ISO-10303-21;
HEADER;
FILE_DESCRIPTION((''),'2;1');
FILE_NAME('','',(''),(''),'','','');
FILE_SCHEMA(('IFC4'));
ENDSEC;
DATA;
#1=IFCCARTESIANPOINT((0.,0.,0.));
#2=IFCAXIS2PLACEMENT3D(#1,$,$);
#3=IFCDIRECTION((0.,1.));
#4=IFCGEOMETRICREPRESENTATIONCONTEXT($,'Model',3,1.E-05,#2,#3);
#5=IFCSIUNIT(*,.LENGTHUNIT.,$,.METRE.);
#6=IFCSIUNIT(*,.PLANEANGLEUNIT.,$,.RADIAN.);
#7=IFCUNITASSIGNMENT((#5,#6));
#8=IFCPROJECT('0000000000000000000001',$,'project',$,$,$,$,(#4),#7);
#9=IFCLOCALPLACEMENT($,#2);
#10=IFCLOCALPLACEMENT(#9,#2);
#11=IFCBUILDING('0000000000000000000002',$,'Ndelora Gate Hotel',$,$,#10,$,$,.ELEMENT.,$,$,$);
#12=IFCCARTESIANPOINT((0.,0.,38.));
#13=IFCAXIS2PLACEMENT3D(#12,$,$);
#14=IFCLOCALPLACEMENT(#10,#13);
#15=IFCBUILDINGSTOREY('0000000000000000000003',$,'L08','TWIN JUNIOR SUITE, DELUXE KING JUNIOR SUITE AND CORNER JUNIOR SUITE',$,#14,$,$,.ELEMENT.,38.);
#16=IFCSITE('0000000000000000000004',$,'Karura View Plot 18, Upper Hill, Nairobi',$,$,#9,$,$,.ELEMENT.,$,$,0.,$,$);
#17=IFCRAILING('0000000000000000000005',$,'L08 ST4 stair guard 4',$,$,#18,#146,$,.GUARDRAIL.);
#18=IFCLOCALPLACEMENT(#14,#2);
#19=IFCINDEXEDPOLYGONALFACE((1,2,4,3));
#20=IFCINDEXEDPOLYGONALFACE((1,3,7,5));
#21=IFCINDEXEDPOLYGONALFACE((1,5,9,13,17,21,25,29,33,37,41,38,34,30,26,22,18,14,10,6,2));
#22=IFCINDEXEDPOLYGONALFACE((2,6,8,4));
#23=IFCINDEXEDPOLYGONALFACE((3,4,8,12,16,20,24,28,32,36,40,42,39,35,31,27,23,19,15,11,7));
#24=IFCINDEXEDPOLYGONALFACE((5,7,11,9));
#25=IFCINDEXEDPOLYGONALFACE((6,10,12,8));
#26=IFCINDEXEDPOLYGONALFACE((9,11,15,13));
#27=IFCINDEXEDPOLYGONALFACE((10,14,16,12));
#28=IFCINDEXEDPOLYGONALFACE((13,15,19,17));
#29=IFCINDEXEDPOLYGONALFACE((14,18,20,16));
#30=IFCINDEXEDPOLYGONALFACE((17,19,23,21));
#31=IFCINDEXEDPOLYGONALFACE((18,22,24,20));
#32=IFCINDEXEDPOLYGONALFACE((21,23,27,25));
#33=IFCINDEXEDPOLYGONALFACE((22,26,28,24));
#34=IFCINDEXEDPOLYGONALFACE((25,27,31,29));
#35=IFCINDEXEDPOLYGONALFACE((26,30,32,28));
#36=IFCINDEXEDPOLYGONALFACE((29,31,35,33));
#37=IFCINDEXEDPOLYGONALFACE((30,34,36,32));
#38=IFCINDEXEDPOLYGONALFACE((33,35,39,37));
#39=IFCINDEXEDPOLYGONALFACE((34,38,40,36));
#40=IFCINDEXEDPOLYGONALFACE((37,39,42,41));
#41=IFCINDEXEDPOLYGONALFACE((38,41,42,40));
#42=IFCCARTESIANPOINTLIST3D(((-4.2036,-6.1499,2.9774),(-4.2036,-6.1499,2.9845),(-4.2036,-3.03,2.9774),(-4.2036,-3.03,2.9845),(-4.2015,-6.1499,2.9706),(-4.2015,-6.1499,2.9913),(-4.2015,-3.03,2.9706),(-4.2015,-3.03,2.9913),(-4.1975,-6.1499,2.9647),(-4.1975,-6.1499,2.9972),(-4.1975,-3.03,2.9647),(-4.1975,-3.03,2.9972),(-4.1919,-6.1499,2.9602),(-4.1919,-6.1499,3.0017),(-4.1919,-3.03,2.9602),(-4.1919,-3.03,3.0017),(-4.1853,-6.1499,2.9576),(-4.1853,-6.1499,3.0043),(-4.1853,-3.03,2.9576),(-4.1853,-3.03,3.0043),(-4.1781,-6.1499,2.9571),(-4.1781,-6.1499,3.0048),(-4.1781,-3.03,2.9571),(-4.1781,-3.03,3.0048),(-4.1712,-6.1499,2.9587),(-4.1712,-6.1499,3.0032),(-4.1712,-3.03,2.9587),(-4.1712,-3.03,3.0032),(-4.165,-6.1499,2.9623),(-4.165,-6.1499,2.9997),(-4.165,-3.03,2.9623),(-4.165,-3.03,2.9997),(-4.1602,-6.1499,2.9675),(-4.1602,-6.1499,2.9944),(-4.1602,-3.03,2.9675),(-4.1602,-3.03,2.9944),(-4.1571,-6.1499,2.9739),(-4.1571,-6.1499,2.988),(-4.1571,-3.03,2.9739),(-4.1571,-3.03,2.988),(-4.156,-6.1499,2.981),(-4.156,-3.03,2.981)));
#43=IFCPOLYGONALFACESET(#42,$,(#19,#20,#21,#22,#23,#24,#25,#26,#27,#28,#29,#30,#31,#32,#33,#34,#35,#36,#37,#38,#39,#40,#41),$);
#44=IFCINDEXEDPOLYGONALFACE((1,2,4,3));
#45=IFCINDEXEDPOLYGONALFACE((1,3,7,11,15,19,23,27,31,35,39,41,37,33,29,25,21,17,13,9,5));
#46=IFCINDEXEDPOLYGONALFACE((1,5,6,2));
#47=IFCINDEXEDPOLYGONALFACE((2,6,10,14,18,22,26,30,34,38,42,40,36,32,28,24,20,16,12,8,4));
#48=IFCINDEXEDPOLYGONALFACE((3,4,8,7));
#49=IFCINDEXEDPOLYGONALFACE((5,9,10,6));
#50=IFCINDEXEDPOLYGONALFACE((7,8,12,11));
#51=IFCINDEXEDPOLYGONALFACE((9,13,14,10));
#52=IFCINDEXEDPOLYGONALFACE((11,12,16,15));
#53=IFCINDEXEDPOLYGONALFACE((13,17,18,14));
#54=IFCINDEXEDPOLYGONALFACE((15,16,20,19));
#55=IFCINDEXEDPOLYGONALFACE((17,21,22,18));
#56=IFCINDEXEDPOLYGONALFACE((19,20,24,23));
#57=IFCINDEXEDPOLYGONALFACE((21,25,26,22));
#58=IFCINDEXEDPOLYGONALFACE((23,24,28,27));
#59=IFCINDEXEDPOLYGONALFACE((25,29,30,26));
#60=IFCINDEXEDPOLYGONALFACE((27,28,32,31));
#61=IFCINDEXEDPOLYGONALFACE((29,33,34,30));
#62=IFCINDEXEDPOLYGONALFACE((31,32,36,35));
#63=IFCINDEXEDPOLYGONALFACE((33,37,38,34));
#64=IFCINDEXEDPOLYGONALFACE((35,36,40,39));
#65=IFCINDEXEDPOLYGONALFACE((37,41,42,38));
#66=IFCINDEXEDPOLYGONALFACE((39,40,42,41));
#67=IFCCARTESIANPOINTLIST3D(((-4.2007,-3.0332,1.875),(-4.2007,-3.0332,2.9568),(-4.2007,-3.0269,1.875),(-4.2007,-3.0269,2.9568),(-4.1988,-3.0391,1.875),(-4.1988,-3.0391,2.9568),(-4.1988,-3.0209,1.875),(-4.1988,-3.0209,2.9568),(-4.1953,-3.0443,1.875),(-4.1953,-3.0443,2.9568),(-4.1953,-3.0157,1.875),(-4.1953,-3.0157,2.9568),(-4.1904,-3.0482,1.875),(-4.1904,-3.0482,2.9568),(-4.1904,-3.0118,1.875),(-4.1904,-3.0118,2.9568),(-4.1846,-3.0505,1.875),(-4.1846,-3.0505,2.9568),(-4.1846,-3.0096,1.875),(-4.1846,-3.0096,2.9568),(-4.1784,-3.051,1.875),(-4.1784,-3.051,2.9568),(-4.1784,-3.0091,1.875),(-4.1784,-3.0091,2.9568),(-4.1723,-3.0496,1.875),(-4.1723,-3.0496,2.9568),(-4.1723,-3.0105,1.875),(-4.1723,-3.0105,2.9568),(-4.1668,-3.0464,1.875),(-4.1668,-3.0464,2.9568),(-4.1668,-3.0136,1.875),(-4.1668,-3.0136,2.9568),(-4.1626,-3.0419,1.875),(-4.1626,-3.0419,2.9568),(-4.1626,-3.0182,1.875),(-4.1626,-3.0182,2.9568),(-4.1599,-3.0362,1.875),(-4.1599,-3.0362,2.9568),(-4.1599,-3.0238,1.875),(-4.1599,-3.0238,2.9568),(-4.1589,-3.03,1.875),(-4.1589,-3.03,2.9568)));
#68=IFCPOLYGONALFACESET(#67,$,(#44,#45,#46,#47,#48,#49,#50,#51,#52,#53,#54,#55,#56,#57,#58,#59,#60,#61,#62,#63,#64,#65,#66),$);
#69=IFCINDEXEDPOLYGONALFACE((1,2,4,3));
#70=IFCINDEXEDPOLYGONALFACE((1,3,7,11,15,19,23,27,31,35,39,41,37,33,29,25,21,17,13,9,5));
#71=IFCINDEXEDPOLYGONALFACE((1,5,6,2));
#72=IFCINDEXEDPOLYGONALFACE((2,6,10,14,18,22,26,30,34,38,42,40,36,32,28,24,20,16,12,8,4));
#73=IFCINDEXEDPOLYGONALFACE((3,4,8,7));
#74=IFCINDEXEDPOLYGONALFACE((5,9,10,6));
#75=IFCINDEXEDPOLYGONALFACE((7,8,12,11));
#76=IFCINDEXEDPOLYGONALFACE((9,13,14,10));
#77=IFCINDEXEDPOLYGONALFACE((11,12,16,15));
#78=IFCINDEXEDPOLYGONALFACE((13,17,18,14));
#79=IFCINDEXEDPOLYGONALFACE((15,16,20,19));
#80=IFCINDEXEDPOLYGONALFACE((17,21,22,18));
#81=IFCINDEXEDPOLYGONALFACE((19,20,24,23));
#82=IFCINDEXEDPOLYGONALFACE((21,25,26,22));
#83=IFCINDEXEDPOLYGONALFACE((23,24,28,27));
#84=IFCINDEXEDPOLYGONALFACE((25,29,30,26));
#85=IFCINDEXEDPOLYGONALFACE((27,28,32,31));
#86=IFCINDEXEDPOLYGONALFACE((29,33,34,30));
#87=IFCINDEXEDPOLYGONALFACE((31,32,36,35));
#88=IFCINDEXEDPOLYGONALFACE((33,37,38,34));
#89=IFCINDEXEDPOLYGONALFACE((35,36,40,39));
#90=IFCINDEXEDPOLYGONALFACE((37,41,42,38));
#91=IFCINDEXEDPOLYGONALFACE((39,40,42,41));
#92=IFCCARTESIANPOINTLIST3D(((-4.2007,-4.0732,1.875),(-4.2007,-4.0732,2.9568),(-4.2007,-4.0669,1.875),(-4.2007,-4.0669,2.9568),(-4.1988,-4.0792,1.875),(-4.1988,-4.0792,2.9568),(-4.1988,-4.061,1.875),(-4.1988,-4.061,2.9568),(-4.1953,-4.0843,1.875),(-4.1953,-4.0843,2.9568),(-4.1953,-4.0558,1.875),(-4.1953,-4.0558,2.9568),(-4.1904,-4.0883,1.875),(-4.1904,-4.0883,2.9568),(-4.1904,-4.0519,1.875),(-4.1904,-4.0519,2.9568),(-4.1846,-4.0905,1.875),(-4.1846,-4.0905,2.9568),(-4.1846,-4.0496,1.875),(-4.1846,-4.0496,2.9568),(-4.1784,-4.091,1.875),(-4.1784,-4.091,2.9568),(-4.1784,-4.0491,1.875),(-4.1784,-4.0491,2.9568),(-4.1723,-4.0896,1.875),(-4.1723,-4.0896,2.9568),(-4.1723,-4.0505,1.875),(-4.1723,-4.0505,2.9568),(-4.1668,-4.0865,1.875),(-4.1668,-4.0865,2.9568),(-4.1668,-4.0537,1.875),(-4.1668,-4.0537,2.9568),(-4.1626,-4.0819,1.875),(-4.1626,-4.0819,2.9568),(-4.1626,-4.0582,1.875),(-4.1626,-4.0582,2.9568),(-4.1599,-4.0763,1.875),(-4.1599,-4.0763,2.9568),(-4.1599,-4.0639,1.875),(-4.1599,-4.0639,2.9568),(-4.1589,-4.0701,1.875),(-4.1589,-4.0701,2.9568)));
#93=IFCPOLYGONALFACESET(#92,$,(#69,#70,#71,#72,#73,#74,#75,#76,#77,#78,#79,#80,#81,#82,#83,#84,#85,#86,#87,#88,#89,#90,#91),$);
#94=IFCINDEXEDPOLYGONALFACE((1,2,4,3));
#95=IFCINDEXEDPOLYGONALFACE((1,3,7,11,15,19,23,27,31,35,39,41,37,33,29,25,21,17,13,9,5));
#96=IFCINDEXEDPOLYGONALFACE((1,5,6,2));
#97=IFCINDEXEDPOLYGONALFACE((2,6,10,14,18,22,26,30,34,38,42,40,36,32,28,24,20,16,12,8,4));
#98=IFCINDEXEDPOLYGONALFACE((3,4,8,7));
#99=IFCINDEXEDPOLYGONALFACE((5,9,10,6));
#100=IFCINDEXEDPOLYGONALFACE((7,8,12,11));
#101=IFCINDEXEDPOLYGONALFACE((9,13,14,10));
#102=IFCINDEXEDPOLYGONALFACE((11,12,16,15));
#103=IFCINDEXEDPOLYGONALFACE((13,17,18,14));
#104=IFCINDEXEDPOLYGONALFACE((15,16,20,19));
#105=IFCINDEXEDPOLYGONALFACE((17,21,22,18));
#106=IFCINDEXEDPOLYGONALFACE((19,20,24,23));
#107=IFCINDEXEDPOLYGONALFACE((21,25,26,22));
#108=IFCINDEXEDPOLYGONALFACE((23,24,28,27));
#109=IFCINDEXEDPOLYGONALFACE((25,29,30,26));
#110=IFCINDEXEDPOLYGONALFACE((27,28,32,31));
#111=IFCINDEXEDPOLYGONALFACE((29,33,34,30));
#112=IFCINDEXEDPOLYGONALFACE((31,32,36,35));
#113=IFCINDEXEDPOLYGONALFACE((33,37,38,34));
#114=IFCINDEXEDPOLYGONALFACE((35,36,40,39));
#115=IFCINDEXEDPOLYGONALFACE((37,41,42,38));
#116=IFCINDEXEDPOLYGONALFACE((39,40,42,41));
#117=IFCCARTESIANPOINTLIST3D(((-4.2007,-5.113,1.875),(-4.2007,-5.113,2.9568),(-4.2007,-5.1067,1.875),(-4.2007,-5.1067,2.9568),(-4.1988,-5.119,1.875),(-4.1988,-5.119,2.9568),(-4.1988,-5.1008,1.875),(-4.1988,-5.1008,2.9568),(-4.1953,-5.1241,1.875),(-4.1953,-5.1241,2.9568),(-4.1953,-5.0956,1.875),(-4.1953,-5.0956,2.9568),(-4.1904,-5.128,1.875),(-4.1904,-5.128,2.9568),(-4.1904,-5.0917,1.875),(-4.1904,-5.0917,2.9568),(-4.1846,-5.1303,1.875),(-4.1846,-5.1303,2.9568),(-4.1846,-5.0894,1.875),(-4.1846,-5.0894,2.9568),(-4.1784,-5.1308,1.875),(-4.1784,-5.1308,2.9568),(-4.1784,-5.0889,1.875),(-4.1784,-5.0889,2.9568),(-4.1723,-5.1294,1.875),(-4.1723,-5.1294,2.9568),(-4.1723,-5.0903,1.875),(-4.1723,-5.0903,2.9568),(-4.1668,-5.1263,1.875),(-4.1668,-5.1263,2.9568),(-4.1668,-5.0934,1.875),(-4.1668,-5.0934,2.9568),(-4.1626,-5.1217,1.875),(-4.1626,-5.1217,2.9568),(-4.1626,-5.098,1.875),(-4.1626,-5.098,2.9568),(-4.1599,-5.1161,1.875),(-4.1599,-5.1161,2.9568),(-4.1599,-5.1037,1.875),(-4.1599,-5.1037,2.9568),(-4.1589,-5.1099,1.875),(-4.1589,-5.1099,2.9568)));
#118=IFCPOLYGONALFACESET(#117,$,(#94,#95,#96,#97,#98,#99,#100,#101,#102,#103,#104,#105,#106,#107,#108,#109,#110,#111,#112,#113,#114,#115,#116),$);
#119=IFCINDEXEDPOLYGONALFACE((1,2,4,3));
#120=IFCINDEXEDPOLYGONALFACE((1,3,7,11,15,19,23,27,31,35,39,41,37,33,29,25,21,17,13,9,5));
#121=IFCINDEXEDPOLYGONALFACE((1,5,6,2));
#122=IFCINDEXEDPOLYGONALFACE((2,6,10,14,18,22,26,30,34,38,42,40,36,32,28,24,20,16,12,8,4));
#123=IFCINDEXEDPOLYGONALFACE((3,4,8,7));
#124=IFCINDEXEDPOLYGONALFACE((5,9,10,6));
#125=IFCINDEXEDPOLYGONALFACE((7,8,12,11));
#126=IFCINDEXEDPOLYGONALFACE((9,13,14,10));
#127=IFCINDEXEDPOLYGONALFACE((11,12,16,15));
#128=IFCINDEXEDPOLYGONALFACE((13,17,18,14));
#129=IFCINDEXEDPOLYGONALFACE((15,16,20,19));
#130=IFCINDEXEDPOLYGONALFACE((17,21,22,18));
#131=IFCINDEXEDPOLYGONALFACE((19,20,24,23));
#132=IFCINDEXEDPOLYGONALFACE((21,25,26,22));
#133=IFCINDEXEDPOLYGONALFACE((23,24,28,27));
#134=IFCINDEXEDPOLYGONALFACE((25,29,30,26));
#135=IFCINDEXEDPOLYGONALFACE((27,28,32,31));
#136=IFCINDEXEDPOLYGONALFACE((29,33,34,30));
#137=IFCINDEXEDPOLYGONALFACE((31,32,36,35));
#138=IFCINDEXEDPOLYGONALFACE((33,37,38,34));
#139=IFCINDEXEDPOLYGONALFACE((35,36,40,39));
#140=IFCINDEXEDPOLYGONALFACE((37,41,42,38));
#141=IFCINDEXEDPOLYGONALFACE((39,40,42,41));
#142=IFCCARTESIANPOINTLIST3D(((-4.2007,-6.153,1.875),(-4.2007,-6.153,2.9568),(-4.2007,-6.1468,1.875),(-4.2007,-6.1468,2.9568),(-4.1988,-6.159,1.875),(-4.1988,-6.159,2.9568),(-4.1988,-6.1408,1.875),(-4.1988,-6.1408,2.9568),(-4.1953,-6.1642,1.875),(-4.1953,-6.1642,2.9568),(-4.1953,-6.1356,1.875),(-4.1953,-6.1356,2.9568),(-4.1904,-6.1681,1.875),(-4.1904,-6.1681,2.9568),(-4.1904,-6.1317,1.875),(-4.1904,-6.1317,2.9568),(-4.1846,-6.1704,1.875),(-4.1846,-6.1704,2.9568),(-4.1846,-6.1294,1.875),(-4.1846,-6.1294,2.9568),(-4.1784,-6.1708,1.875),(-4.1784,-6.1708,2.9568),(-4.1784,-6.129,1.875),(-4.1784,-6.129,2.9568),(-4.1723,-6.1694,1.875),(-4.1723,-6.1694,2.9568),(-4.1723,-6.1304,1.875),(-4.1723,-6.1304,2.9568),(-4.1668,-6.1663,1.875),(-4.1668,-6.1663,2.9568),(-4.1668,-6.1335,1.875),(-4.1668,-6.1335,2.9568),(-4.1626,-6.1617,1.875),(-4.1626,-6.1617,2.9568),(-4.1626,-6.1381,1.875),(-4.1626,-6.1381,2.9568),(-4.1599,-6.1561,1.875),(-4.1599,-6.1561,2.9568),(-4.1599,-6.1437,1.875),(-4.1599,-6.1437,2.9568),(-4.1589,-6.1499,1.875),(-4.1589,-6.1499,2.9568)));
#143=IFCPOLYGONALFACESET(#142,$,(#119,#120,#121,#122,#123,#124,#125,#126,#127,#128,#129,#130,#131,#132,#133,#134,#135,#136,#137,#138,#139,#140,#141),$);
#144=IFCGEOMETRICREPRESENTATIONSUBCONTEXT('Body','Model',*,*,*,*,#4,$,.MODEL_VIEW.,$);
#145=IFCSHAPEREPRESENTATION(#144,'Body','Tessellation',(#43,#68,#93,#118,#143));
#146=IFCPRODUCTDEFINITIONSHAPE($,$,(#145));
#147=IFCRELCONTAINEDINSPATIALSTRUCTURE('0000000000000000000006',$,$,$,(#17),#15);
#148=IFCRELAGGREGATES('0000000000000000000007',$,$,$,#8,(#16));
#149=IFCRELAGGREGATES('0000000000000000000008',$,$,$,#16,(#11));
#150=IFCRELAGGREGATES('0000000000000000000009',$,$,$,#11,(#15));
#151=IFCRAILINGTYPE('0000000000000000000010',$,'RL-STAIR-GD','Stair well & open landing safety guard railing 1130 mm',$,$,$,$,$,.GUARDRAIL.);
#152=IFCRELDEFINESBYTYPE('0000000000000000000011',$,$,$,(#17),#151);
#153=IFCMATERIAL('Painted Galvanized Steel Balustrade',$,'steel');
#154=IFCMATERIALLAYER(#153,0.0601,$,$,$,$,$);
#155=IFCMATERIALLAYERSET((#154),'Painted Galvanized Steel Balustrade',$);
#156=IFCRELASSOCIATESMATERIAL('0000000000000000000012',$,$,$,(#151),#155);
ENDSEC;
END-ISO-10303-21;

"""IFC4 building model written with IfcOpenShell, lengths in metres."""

from ifc_helpers import new_model, si_unit, direction, frame, origin, origin_2d, place, context, subcontext, project, spatial, circle, extrude, material, layer, layer_set, type_object, element, save


model = new_model("IFC4")

# Units and contexts
model_context = context("Model", 3, precision=1e-05, world=origin(), true_north=direction((0.0, 1.0)))
body_context = subcontext(model_context, "Body", "Model", "MODEL_VIEW")
ifc_project = project(units=[si_unit("LENGTHUNIT", "METRE"), si_unit("PLANEANGLEUNIT", "RADIAN")], contexts=[model_context])

# Site, building, storey
site_placement = place(None, origin())
site = spatial("IfcSite", under=ifc_project, at=site_placement, Name="Karura View Plot 18, Upper Hill, Nairobi", CompositionType="ELEMENT", RefElevation=0.0)
building_placement = place(site_placement, origin())
building = spatial("IfcBuilding", under=site, at=building_placement, Name="Ndelora Gate Hotel", CompositionType="ELEMENT")
storey_placement = place(building_placement, frame((0.0, 0.0, 38.0)))
storey = spatial("IfcBuildingStorey", under=building, at=storey_placement, Name="L08", Description="TWIN JUNIOR SUITE, DELUXE KING JUNIOR SUITE AND CORNER JUNIOR SUITE", CompositionType="ELEMENT", Elevation=38.0)

# Railing
ifc_material_1 = material(Name="Painted Galvanized Steel Balustrade", Category="steel")
ifc_layer_1 = layer(ifc_material_1, 0.0601)
ifc_layer_set_1 = layer_set([ifc_layer_1], Name="Painted Galvanized Steel Balustrade")
railing_type_1 = type_object("IfcRailingType", Name="RL-STAIR-GD", Description="Stair well & open landing safety guard railing 1130 mm", PredefinedType="GUARDRAIL", material=ifc_layer_set_1)
for number, where, name in (
    (1, (-4.1799, -3.03, 1.875), "L08 ST4 stair guard 4"),
):
    element("IfcRailing", number, at=place(storey_placement, frame(where)), inside=storey, type_object=railing_type_1, Name=name, PredefinedType="GUARDRAIL", context=body_context, shape_type="SweptSolid", body=[
        extrude(circle(Radius=0.0239, at=origin_2d()), frame((0.0, 0.0, 1.106), z_axis=(0.0, -1.0, 0.0), x_axis=(1.0, 0.0, 0.0)), (0.0, 0.0, 1.0), 3.1199),
        extrude(circle(Radius=0.021, at=origin_2d()), origin(), (0.0, 0.0, 1.0), 1.0818),
        extrude(circle(Radius=0.021, at=origin_2d()), frame((0.0, -1.04, 0.0)), (0.0, 0.0, 1.0), 1.0818),
        extrude(circle(Radius=0.021, at=origin_2d()), frame((0.0, -2.0798, 0.0)), (0.0, 0.0, 1.0), 1.0818),
        extrude(circle(Radius=0.021, at=origin_2d()), frame((0.0, -3.1199, 0.0)), (0.0, 0.0, 1.0), 1.0818),
    ])

save(model, "model.ifc")
